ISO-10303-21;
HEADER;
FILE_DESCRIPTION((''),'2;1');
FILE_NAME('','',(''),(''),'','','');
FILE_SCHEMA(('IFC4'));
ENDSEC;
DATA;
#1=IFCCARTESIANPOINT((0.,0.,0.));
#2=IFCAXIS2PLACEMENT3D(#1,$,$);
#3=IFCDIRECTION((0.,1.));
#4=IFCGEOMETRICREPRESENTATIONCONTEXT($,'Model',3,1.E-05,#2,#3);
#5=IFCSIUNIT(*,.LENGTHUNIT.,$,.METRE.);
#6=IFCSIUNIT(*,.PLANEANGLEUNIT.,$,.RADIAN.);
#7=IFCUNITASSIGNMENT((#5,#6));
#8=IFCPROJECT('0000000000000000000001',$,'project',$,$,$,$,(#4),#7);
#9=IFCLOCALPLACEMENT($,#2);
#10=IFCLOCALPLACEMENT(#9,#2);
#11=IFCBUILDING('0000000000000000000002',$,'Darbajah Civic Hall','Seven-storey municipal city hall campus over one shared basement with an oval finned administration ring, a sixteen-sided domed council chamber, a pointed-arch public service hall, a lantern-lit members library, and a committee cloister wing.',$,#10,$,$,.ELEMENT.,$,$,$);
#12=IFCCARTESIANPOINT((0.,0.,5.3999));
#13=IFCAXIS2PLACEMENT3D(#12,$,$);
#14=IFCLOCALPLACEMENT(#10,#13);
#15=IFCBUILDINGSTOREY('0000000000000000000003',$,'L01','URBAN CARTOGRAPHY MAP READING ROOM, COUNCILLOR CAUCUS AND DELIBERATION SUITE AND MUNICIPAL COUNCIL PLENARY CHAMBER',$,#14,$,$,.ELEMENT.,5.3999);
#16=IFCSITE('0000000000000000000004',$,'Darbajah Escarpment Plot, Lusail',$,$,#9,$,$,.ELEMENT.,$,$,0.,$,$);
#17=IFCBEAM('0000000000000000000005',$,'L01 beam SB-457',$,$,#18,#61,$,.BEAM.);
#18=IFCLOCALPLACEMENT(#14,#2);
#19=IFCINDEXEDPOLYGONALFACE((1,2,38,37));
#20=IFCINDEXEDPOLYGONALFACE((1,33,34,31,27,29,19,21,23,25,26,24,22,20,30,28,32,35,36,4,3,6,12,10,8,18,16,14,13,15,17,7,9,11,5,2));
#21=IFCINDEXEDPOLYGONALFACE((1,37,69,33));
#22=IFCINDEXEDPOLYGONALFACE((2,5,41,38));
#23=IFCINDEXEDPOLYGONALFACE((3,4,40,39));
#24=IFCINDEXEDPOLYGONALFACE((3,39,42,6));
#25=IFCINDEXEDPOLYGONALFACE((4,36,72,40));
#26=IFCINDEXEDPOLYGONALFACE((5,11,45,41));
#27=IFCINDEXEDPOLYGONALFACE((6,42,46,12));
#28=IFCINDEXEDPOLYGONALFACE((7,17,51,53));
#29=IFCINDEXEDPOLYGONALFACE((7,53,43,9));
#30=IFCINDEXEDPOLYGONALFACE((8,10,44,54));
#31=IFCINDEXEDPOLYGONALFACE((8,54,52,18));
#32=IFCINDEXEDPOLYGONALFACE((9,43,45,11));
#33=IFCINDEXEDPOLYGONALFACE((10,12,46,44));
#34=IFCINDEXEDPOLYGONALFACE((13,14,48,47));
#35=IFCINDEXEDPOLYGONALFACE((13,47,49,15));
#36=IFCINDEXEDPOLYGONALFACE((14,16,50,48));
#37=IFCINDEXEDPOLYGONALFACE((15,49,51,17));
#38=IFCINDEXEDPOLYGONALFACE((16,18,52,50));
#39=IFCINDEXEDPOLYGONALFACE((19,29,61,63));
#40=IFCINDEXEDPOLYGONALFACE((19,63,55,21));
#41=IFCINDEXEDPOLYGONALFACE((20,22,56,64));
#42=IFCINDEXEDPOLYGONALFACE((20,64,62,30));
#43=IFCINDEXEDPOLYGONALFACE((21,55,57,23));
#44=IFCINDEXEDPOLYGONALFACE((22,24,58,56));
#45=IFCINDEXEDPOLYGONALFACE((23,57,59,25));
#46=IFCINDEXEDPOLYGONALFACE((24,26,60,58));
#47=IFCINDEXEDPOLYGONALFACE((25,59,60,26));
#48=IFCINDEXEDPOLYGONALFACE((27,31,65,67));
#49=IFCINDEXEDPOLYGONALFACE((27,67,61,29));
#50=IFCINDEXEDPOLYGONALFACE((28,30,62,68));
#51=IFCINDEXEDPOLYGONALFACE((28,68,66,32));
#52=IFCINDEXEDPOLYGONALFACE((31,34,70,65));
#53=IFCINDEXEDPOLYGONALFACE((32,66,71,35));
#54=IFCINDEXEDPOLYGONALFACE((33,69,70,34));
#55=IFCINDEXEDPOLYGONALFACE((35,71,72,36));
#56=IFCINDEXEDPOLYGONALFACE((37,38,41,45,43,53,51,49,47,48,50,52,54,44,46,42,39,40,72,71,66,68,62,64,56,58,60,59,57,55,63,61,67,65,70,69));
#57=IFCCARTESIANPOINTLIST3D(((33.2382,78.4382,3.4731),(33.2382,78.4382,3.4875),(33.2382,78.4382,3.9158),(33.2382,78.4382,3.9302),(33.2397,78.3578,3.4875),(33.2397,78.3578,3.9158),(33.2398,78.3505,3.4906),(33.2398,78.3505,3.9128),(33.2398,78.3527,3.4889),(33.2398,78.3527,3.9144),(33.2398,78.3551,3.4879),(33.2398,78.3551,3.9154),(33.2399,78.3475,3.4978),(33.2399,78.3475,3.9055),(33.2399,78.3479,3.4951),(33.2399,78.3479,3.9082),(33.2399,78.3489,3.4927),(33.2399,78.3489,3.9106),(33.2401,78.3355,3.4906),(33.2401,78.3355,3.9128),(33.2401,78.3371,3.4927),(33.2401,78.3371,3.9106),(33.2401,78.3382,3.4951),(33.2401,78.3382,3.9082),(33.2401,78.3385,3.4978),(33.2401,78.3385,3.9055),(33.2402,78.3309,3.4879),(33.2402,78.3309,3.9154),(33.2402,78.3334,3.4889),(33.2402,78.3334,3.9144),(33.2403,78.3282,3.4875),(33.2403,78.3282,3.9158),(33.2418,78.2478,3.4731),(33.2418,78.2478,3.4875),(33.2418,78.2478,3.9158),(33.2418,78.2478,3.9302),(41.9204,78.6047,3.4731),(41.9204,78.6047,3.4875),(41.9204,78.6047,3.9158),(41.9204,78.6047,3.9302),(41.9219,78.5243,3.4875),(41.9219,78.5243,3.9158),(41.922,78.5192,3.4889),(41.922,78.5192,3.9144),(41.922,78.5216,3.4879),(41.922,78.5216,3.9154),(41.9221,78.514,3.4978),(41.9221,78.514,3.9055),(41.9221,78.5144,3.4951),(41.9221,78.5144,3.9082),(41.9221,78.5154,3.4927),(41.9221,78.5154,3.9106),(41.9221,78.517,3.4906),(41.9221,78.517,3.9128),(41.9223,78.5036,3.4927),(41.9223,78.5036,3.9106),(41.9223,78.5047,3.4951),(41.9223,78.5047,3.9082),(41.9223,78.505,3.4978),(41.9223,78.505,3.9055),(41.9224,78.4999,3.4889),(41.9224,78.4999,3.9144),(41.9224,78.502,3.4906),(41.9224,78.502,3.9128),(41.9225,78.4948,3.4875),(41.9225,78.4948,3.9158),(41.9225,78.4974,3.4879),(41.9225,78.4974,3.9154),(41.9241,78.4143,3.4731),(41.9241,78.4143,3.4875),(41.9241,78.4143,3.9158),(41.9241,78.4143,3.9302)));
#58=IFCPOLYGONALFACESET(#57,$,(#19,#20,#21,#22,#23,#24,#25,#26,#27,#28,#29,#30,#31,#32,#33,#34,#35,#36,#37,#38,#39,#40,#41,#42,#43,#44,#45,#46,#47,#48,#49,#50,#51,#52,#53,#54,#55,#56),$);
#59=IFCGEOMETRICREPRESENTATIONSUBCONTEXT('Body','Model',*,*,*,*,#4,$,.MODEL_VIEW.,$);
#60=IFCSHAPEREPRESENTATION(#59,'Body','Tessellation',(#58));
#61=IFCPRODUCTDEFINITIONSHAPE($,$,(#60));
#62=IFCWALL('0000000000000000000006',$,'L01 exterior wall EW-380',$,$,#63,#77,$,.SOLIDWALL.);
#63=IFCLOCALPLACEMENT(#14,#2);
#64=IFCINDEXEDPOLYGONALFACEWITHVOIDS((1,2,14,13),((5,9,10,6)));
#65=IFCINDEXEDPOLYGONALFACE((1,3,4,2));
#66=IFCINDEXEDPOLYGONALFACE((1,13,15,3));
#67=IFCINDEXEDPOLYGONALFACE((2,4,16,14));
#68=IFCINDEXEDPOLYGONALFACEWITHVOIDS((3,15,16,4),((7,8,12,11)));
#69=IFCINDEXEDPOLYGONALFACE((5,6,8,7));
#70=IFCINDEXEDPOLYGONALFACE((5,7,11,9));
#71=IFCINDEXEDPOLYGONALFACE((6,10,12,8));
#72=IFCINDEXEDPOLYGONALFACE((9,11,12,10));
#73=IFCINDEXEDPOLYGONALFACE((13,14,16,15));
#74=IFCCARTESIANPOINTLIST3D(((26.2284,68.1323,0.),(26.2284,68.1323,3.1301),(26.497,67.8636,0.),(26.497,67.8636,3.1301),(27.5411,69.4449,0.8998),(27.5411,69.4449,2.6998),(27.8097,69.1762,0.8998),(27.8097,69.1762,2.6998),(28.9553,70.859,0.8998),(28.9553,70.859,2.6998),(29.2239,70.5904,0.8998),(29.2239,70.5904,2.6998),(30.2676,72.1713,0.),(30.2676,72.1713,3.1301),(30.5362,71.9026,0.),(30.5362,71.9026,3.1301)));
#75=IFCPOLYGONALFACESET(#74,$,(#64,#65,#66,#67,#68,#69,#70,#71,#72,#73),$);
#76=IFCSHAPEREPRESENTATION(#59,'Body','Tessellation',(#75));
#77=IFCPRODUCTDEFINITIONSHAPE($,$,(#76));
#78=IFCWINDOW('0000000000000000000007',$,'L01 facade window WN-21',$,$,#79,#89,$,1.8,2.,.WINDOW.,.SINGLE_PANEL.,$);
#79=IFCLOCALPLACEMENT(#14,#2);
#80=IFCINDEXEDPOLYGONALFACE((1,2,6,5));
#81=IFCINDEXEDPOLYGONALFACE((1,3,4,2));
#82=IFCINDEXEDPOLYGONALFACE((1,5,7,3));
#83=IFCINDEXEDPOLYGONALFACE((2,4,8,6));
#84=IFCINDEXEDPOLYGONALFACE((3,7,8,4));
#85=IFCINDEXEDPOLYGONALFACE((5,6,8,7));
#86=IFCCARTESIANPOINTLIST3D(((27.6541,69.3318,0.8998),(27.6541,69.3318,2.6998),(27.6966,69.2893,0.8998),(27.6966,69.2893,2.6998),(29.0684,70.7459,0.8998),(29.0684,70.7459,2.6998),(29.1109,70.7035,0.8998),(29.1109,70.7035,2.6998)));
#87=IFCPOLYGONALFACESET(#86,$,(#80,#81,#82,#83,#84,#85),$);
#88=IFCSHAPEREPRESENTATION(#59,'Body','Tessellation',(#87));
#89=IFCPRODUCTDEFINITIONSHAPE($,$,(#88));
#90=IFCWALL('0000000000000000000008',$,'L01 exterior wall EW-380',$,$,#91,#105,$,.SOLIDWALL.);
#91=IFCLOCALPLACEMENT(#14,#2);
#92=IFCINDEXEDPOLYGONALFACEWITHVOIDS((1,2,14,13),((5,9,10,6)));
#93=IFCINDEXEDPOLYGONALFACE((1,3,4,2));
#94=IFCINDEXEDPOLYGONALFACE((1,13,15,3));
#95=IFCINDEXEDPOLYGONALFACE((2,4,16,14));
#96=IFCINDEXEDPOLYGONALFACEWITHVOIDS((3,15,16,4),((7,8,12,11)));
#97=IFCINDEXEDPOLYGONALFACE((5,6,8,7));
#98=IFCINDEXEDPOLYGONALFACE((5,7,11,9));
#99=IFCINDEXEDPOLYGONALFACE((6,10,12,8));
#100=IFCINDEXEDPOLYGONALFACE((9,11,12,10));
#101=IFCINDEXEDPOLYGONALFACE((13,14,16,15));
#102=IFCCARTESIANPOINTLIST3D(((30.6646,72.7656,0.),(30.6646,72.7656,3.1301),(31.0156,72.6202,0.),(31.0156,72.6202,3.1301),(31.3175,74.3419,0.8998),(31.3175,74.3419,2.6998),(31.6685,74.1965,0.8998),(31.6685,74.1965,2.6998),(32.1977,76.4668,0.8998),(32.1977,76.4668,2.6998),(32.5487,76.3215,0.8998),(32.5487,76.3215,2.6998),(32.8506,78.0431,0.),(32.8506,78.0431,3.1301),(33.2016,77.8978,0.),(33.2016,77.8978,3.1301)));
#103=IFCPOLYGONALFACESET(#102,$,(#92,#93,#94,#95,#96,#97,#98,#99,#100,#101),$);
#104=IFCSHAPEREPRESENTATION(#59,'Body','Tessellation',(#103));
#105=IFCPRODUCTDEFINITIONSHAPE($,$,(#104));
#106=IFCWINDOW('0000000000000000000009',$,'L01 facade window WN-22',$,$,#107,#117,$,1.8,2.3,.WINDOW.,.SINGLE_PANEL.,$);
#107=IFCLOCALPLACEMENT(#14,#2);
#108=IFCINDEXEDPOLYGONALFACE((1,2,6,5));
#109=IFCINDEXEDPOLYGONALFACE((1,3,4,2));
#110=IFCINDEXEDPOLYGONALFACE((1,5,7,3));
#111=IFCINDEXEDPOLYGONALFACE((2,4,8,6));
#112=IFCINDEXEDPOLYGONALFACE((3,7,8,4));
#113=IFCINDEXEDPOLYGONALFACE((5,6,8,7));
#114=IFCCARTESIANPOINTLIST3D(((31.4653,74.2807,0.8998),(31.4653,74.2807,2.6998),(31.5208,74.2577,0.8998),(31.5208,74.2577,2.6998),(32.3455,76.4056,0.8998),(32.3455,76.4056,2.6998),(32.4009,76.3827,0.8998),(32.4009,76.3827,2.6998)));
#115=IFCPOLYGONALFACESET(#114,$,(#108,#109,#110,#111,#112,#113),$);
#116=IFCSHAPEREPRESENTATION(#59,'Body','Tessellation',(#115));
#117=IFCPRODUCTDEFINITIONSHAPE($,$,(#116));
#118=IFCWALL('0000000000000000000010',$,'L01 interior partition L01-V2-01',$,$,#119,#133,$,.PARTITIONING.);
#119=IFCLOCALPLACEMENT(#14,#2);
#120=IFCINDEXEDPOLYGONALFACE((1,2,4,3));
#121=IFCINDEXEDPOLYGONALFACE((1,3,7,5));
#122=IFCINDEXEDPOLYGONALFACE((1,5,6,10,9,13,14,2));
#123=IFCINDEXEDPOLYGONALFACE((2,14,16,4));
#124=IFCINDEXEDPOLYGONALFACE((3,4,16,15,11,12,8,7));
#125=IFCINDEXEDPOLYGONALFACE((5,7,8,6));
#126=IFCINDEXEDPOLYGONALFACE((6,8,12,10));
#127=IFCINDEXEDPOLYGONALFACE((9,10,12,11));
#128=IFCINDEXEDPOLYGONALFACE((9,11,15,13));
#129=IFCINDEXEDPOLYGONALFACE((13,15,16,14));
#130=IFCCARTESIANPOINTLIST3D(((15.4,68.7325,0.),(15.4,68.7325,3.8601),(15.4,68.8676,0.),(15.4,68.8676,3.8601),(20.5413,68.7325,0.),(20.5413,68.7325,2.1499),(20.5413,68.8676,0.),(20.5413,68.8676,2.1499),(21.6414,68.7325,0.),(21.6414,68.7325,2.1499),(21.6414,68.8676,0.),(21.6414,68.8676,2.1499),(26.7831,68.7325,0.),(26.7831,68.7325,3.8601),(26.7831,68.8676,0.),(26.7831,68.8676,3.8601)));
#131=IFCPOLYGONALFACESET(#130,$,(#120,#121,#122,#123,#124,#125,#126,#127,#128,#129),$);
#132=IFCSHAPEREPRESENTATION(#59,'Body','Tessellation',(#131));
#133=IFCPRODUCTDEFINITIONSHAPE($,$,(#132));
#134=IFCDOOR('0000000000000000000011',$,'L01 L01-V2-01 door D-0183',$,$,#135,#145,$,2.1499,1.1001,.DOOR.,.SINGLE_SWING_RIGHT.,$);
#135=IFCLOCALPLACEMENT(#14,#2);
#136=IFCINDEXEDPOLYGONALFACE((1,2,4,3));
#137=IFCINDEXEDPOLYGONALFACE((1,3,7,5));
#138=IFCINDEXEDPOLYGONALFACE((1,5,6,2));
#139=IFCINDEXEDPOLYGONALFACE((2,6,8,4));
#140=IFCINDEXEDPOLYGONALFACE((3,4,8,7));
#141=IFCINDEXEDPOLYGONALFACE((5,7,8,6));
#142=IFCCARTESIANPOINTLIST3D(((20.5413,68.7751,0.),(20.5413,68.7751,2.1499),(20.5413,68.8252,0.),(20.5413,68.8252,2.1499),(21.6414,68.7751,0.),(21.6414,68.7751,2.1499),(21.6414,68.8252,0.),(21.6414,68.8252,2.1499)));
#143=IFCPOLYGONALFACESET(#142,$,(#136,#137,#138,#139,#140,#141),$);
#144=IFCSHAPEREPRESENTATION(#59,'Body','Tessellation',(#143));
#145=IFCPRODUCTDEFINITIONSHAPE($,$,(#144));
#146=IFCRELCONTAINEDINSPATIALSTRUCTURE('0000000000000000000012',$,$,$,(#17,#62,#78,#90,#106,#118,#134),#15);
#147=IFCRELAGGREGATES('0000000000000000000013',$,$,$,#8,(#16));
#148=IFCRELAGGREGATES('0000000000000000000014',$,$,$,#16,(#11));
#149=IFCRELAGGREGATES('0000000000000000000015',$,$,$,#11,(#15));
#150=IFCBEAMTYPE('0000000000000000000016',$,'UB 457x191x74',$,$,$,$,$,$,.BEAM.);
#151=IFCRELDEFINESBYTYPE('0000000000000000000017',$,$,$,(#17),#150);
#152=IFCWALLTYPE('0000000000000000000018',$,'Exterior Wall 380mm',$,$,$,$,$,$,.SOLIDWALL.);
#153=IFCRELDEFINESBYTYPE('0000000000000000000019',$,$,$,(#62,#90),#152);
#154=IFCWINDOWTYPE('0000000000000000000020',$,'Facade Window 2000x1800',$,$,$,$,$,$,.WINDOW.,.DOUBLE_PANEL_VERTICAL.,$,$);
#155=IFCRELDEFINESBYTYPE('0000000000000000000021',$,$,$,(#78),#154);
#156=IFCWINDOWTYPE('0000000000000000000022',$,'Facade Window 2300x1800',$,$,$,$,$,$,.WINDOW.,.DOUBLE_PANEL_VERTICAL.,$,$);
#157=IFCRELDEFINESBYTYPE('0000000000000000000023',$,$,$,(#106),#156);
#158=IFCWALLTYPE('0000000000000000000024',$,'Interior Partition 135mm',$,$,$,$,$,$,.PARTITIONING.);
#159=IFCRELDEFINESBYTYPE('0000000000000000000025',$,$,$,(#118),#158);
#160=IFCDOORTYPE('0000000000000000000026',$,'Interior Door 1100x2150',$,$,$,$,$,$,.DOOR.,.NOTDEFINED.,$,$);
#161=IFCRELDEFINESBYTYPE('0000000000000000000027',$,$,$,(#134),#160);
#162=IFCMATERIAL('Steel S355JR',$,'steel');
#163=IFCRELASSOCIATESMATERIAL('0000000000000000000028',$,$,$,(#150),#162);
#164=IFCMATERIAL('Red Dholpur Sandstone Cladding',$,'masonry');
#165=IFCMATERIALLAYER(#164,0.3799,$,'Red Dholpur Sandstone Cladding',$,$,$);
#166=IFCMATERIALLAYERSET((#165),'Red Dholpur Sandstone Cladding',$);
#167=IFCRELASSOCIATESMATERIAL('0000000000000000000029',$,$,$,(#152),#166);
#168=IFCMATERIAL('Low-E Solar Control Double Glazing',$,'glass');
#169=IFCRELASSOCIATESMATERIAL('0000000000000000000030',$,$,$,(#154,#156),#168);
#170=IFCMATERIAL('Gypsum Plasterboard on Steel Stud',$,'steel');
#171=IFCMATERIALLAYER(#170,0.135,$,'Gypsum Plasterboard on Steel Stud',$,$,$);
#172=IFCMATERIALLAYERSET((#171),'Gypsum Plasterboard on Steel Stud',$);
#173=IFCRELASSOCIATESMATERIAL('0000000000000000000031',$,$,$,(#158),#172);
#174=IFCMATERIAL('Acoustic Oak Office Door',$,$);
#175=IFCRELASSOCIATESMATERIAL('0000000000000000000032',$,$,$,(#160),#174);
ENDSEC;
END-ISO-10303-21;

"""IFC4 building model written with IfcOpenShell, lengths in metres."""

from ifc_helpers import new_model, si_unit, direction, frame, frame_2d, origin, origin_2d, place, context, subcontext, project, spatial, rectangle, i_section, extrude, material, layer, layer_set, material_profile, profile_set, type_object, element, fill, save


model = new_model("IFC4")

# Units and contexts
model_context = context("Model", 3, precision=1e-05, world=origin(), true_north=direction((0.0, 1.0)))
body_context = subcontext(model_context, "Body", "Model", "MODEL_VIEW")
ifc_project = project(units=[si_unit("LENGTHUNIT", "METRE"), si_unit("PLANEANGLEUNIT", "RADIAN")], contexts=[model_context])

# Site, building, storey
site_placement = place(None, origin())
site = spatial("IfcSite", under=ifc_project, at=site_placement, Name="Darbajah Escarpment Plot, Lusail", CompositionType="ELEMENT", RefElevation=0.0)
building_placement = place(site_placement, origin())
building = spatial("IfcBuilding", under=site, at=building_placement, Name="Darbajah Civic Hall", Description="Seven-storey municipal city hall campus over one shared basement with an oval finned administration ring, a sixteen-sided domed council chamber, a pointed-arch public service hall, a lantern-lit members library, and a committee cloister wing.", CompositionType="ELEMENT")
storey_placement = place(building_placement, frame((0.0, 0.0, 5.3999)))
storey = spatial("IfcBuildingStorey", under=building, at=storey_placement, Name="L01", Description="URBAN CARTOGRAPHY MAP READING ROOM, COUNCILLOR CAUCUS AND DELIBERATION SUITE AND MUNICIPAL COUNCIL PLENARY CHAMBER", CompositionType="ELEMENT", Elevation=5.3999)

# Beam
ifc_material_1 = material(Name="Steel S355JR", Category="steel")
ifc_material_profile_1 = material_profile(ifc_material_1, i_section(OverallWidth=0.1904, OverallDepth=0.457, WebThickness=0.009, FlangeThickness=0.0144, FilletRadius=0.0103, at=origin_2d()), Name="UB 457x191x74")
ifc_profile_set_1 = profile_set([ifc_material_profile_1], Name="Steel S355JR")
beam_type_1 = type_object("IfcBeamType", Name="UB 457x191x74", PredefinedType="BEAM", material=ifc_profile_set_1)
beam_1_placement = place(storey_placement, frame((33.24, 78.343, 3.7017), z_axis=(0.999816, 0.019174, 0.0), x_axis=(-0.019174, 0.999816, 0.0)))
element("IfcBeam", 1, at=beam_1_placement, inside=storey, type_object=beam_type_1, Name="L01 beam SB-457", PredefinedType="BEAM", context=body_context, shape_type="SweptSolid", body=[
    extrude(i_section(OverallWidth=0.1904, OverallDepth=0.457, WebThickness=0.009, FlangeThickness=0.0144, FilletRadius=0.0103, at=origin_2d()), origin(), (0.0, 0.0, 1.0), 8.6838),
])

# Walls, openings, windows
ifc_material_2 = material(Name="Red Dholpur Sandstone Cladding", Category="masonry")
ifc_layer_1 = layer(ifc_material_2, 0.3799, Name="Red Dholpur Sandstone Cladding")
ifc_layer_set_1 = layer_set([ifc_layer_1], Name="Red Dholpur Sandstone Cladding")
wall_type_1 = type_object("IfcWallType", Name="Exterior Wall 380mm", PredefinedType="SOLIDWALL", material=ifc_layer_set_1)
wall_1_placement = place(storey_placement, frame((26.3628, 67.998, 0.0), z_axis=(0.0, 0.0, 1.0), x_axis=(0.707128, 0.707085, 0.0)))
wall_1 = element("IfcWall", 2, at=wall_1_placement, inside=storey, type_object=wall_type_1, Name="L01 exterior wall EW-380", PredefinedType="SOLIDWALL", context=body_context, shape_type="SweptSolid", body=[
    extrude(rectangle(XDim=5.7122, YDim=0.3799, at=frame_2d((2.856, 0.0))), origin(), (0.0, 0.0, 1.0), 3.1301),
])
opening_1_placement = place(wall_1_placement, frame((1.8562, 0.0, 0.8999)))
opening_1 = element("IfcOpeningElement", 3, at=opening_1_placement, cuts=wall_1, PredefinedType="OPENING", context=body_context, shape_type="SweptSolid", body=[
    extrude(rectangle(XDim=2.0, YDim=1.8, at=frame_2d((1.0, 0.8999))), frame((0.0, 0.2, 0.0), z_axis=(0.0, -1.0, 0.0), x_axis=(1.0, 0.0, 0.0)), (0.0, 0.0, 1.0), 0.3999),
])
ifc_material_3 = material(Name="Low-E Solar Control Double Glazing", Category="glass")
window_type_1 = type_object("IfcWindowType", Name="Facade Window 2000x1800", PartitioningType="DOUBLE_PANEL_VERTICAL", PredefinedType="WINDOW", material=ifc_material_3)
window_1_placement = place(opening_1_placement, origin())
window_1 = element("IfcWindow", 4, at=window_1_placement, inside=storey, type_object=window_type_1, Name="L01 facade window WN-21", OverallHeight=1.8, OverallWidth=2.0, PartitioningType="SINGLE_PANEL", PredefinedType="WINDOW", context=body_context, shape_type="SweptSolid", body=[
    extrude(rectangle(XDim=2.0, YDim=1.8, at=frame_2d((1.0, 0.8999))), frame((0.0, 0.03, 0.0), z_axis=(0.0, -1.0, 0.0), x_axis=(1.0, 0.0, 0.0)), (0.0, 0.0, 1.0), 0.0601),
])
fill(opening_1, window_1)
wall_2_placement = place(storey_placement, frame((30.8401, 72.6929, 0.0), z_axis=(0.0, 0.0, 1.0), x_axis=(0.382681, 0.92388, 0.0)))
wall_2 = element("IfcWall", 5, at=wall_2_placement, inside=storey, type_object=wall_type_1, Name="L01 exterior wall EW-380", PredefinedType="SOLIDWALL", context=body_context, shape_type="SweptSolid", body=[
    extrude(rectangle(XDim=5.7124, YDim=0.3799, at=frame_2d((2.8562, 0.0))), origin(), (0.0, 0.0, 1.0), 3.1301),
])
opening_2_placement = place(wall_2_placement, frame((1.7063, 0.0, 0.8999)))
opening_2 = element("IfcOpeningElement", 6, at=opening_2_placement, cuts=wall_2, PredefinedType="OPENING", context=body_context, shape_type="SweptSolid", body=[
    extrude(rectangle(XDim=2.3, YDim=1.8, at=frame_2d((1.1499, 0.8999))), frame((0.0, 0.2, 0.0), z_axis=(0.0, -1.0, 0.0), x_axis=(1.0, 0.0, 0.0)), (0.0, 0.0, 1.0), 0.3999),
])
window_type_2 = type_object("IfcWindowType", Name="Facade Window 2300x1800", PartitioningType="DOUBLE_PANEL_VERTICAL", PredefinedType="WINDOW", material=ifc_material_3)
window_2_placement = place(opening_2_placement, origin())
window_2 = element("IfcWindow", 7, at=window_2_placement, inside=storey, type_object=window_type_2, Name="L01 facade window WN-22", OverallHeight=1.8, OverallWidth=2.3, PartitioningType="SINGLE_PANEL", PredefinedType="WINDOW", context=body_context, shape_type="SweptSolid", body=[
    extrude(rectangle(XDim=2.3, YDim=1.8, at=frame_2d((1.1499, 0.8999))), frame((0.0, 0.03, 0.0), z_axis=(0.0, -1.0, 0.0), x_axis=(1.0, 0.0, 0.0)), (0.0, 0.0, 1.0), 0.0601),
])
fill(opening_2, window_2)

# Wall, opening, door
ifc_material_4 = material(Name="Gypsum Plasterboard on Steel Stud", Category="steel")
ifc_layer_2 = layer(ifc_material_4, 0.135, Name="Gypsum Plasterboard on Steel Stud")
ifc_layer_set_2 = layer_set([ifc_layer_2], Name="Gypsum Plasterboard on Steel Stud")
wall_type_2 = type_object("IfcWallType", Name="Interior Partition 135mm", PredefinedType="PARTITIONING", material=ifc_layer_set_2)
wall_3_placement = place(storey_placement, frame((26.783, 68.8, 0.0), z_axis=(0.0, 0.0, 1.0), x_axis=(-1.0, 0.0, 0.0)))
wall_3 = element("IfcWall", 8, at=wall_3_placement, inside=storey, type_object=wall_type_2, Name="L01 interior partition L01-V2-01", PredefinedType="PARTITIONING", context=body_context, shape_type="SweptSolid", body=[
    extrude(rectangle(XDim=11.3831, YDim=0.135, at=frame_2d((5.6914, 0.0))), origin(), (0.0, 0.0, 1.0), 3.8601),
])
opening_3_placement = place(wall_3_placement, frame((5.1416, 0.0, 0.0)))
opening_3 = element("IfcOpeningElement", 9, at=opening_3_placement, cuts=wall_3, PredefinedType="OPENING", context=body_context, shape_type="SweptSolid", body=[
    extrude(rectangle(XDim=1.1001, YDim=2.1499, at=frame_2d((0.55, 1.075))), frame((0.0, 0.0774, 0.0), z_axis=(0.0, -1.0, 0.0), x_axis=(1.0, 0.0, 0.0)), (0.0, 0.0, 1.0), 0.155),
])
ifc_material_5 = material(Name="Acoustic Oak Office Door")
door_type = type_object("IfcDoorType", Name="Interior Door 1100x2150", OperationType="NOTDEFINED", PredefinedType="DOOR", material=ifc_material_5)
door_placement = place(opening_3_placement, origin())
door = element("IfcDoor", 10, at=door_placement, inside=storey, type_object=door_type, Name="L01 L01-V2-01 door D-0183", OperationType="SINGLE_SWING_RIGHT", OverallHeight=2.1499, OverallWidth=1.1001, PredefinedType="DOOR", context=body_context, shape_type="SweptSolid", body=[
    extrude(rectangle(XDim=1.1001, YDim=2.1499, at=frame_2d((0.55, 1.075))), frame((0.0, 0.0249, 0.0), z_axis=(0.0, -1.0, 0.0), x_axis=(1.0, 0.0, 0.0)), (0.0, 0.0, 1.0), 0.05),
])
fill(opening_3, door)

save(model, "model.ifc")
